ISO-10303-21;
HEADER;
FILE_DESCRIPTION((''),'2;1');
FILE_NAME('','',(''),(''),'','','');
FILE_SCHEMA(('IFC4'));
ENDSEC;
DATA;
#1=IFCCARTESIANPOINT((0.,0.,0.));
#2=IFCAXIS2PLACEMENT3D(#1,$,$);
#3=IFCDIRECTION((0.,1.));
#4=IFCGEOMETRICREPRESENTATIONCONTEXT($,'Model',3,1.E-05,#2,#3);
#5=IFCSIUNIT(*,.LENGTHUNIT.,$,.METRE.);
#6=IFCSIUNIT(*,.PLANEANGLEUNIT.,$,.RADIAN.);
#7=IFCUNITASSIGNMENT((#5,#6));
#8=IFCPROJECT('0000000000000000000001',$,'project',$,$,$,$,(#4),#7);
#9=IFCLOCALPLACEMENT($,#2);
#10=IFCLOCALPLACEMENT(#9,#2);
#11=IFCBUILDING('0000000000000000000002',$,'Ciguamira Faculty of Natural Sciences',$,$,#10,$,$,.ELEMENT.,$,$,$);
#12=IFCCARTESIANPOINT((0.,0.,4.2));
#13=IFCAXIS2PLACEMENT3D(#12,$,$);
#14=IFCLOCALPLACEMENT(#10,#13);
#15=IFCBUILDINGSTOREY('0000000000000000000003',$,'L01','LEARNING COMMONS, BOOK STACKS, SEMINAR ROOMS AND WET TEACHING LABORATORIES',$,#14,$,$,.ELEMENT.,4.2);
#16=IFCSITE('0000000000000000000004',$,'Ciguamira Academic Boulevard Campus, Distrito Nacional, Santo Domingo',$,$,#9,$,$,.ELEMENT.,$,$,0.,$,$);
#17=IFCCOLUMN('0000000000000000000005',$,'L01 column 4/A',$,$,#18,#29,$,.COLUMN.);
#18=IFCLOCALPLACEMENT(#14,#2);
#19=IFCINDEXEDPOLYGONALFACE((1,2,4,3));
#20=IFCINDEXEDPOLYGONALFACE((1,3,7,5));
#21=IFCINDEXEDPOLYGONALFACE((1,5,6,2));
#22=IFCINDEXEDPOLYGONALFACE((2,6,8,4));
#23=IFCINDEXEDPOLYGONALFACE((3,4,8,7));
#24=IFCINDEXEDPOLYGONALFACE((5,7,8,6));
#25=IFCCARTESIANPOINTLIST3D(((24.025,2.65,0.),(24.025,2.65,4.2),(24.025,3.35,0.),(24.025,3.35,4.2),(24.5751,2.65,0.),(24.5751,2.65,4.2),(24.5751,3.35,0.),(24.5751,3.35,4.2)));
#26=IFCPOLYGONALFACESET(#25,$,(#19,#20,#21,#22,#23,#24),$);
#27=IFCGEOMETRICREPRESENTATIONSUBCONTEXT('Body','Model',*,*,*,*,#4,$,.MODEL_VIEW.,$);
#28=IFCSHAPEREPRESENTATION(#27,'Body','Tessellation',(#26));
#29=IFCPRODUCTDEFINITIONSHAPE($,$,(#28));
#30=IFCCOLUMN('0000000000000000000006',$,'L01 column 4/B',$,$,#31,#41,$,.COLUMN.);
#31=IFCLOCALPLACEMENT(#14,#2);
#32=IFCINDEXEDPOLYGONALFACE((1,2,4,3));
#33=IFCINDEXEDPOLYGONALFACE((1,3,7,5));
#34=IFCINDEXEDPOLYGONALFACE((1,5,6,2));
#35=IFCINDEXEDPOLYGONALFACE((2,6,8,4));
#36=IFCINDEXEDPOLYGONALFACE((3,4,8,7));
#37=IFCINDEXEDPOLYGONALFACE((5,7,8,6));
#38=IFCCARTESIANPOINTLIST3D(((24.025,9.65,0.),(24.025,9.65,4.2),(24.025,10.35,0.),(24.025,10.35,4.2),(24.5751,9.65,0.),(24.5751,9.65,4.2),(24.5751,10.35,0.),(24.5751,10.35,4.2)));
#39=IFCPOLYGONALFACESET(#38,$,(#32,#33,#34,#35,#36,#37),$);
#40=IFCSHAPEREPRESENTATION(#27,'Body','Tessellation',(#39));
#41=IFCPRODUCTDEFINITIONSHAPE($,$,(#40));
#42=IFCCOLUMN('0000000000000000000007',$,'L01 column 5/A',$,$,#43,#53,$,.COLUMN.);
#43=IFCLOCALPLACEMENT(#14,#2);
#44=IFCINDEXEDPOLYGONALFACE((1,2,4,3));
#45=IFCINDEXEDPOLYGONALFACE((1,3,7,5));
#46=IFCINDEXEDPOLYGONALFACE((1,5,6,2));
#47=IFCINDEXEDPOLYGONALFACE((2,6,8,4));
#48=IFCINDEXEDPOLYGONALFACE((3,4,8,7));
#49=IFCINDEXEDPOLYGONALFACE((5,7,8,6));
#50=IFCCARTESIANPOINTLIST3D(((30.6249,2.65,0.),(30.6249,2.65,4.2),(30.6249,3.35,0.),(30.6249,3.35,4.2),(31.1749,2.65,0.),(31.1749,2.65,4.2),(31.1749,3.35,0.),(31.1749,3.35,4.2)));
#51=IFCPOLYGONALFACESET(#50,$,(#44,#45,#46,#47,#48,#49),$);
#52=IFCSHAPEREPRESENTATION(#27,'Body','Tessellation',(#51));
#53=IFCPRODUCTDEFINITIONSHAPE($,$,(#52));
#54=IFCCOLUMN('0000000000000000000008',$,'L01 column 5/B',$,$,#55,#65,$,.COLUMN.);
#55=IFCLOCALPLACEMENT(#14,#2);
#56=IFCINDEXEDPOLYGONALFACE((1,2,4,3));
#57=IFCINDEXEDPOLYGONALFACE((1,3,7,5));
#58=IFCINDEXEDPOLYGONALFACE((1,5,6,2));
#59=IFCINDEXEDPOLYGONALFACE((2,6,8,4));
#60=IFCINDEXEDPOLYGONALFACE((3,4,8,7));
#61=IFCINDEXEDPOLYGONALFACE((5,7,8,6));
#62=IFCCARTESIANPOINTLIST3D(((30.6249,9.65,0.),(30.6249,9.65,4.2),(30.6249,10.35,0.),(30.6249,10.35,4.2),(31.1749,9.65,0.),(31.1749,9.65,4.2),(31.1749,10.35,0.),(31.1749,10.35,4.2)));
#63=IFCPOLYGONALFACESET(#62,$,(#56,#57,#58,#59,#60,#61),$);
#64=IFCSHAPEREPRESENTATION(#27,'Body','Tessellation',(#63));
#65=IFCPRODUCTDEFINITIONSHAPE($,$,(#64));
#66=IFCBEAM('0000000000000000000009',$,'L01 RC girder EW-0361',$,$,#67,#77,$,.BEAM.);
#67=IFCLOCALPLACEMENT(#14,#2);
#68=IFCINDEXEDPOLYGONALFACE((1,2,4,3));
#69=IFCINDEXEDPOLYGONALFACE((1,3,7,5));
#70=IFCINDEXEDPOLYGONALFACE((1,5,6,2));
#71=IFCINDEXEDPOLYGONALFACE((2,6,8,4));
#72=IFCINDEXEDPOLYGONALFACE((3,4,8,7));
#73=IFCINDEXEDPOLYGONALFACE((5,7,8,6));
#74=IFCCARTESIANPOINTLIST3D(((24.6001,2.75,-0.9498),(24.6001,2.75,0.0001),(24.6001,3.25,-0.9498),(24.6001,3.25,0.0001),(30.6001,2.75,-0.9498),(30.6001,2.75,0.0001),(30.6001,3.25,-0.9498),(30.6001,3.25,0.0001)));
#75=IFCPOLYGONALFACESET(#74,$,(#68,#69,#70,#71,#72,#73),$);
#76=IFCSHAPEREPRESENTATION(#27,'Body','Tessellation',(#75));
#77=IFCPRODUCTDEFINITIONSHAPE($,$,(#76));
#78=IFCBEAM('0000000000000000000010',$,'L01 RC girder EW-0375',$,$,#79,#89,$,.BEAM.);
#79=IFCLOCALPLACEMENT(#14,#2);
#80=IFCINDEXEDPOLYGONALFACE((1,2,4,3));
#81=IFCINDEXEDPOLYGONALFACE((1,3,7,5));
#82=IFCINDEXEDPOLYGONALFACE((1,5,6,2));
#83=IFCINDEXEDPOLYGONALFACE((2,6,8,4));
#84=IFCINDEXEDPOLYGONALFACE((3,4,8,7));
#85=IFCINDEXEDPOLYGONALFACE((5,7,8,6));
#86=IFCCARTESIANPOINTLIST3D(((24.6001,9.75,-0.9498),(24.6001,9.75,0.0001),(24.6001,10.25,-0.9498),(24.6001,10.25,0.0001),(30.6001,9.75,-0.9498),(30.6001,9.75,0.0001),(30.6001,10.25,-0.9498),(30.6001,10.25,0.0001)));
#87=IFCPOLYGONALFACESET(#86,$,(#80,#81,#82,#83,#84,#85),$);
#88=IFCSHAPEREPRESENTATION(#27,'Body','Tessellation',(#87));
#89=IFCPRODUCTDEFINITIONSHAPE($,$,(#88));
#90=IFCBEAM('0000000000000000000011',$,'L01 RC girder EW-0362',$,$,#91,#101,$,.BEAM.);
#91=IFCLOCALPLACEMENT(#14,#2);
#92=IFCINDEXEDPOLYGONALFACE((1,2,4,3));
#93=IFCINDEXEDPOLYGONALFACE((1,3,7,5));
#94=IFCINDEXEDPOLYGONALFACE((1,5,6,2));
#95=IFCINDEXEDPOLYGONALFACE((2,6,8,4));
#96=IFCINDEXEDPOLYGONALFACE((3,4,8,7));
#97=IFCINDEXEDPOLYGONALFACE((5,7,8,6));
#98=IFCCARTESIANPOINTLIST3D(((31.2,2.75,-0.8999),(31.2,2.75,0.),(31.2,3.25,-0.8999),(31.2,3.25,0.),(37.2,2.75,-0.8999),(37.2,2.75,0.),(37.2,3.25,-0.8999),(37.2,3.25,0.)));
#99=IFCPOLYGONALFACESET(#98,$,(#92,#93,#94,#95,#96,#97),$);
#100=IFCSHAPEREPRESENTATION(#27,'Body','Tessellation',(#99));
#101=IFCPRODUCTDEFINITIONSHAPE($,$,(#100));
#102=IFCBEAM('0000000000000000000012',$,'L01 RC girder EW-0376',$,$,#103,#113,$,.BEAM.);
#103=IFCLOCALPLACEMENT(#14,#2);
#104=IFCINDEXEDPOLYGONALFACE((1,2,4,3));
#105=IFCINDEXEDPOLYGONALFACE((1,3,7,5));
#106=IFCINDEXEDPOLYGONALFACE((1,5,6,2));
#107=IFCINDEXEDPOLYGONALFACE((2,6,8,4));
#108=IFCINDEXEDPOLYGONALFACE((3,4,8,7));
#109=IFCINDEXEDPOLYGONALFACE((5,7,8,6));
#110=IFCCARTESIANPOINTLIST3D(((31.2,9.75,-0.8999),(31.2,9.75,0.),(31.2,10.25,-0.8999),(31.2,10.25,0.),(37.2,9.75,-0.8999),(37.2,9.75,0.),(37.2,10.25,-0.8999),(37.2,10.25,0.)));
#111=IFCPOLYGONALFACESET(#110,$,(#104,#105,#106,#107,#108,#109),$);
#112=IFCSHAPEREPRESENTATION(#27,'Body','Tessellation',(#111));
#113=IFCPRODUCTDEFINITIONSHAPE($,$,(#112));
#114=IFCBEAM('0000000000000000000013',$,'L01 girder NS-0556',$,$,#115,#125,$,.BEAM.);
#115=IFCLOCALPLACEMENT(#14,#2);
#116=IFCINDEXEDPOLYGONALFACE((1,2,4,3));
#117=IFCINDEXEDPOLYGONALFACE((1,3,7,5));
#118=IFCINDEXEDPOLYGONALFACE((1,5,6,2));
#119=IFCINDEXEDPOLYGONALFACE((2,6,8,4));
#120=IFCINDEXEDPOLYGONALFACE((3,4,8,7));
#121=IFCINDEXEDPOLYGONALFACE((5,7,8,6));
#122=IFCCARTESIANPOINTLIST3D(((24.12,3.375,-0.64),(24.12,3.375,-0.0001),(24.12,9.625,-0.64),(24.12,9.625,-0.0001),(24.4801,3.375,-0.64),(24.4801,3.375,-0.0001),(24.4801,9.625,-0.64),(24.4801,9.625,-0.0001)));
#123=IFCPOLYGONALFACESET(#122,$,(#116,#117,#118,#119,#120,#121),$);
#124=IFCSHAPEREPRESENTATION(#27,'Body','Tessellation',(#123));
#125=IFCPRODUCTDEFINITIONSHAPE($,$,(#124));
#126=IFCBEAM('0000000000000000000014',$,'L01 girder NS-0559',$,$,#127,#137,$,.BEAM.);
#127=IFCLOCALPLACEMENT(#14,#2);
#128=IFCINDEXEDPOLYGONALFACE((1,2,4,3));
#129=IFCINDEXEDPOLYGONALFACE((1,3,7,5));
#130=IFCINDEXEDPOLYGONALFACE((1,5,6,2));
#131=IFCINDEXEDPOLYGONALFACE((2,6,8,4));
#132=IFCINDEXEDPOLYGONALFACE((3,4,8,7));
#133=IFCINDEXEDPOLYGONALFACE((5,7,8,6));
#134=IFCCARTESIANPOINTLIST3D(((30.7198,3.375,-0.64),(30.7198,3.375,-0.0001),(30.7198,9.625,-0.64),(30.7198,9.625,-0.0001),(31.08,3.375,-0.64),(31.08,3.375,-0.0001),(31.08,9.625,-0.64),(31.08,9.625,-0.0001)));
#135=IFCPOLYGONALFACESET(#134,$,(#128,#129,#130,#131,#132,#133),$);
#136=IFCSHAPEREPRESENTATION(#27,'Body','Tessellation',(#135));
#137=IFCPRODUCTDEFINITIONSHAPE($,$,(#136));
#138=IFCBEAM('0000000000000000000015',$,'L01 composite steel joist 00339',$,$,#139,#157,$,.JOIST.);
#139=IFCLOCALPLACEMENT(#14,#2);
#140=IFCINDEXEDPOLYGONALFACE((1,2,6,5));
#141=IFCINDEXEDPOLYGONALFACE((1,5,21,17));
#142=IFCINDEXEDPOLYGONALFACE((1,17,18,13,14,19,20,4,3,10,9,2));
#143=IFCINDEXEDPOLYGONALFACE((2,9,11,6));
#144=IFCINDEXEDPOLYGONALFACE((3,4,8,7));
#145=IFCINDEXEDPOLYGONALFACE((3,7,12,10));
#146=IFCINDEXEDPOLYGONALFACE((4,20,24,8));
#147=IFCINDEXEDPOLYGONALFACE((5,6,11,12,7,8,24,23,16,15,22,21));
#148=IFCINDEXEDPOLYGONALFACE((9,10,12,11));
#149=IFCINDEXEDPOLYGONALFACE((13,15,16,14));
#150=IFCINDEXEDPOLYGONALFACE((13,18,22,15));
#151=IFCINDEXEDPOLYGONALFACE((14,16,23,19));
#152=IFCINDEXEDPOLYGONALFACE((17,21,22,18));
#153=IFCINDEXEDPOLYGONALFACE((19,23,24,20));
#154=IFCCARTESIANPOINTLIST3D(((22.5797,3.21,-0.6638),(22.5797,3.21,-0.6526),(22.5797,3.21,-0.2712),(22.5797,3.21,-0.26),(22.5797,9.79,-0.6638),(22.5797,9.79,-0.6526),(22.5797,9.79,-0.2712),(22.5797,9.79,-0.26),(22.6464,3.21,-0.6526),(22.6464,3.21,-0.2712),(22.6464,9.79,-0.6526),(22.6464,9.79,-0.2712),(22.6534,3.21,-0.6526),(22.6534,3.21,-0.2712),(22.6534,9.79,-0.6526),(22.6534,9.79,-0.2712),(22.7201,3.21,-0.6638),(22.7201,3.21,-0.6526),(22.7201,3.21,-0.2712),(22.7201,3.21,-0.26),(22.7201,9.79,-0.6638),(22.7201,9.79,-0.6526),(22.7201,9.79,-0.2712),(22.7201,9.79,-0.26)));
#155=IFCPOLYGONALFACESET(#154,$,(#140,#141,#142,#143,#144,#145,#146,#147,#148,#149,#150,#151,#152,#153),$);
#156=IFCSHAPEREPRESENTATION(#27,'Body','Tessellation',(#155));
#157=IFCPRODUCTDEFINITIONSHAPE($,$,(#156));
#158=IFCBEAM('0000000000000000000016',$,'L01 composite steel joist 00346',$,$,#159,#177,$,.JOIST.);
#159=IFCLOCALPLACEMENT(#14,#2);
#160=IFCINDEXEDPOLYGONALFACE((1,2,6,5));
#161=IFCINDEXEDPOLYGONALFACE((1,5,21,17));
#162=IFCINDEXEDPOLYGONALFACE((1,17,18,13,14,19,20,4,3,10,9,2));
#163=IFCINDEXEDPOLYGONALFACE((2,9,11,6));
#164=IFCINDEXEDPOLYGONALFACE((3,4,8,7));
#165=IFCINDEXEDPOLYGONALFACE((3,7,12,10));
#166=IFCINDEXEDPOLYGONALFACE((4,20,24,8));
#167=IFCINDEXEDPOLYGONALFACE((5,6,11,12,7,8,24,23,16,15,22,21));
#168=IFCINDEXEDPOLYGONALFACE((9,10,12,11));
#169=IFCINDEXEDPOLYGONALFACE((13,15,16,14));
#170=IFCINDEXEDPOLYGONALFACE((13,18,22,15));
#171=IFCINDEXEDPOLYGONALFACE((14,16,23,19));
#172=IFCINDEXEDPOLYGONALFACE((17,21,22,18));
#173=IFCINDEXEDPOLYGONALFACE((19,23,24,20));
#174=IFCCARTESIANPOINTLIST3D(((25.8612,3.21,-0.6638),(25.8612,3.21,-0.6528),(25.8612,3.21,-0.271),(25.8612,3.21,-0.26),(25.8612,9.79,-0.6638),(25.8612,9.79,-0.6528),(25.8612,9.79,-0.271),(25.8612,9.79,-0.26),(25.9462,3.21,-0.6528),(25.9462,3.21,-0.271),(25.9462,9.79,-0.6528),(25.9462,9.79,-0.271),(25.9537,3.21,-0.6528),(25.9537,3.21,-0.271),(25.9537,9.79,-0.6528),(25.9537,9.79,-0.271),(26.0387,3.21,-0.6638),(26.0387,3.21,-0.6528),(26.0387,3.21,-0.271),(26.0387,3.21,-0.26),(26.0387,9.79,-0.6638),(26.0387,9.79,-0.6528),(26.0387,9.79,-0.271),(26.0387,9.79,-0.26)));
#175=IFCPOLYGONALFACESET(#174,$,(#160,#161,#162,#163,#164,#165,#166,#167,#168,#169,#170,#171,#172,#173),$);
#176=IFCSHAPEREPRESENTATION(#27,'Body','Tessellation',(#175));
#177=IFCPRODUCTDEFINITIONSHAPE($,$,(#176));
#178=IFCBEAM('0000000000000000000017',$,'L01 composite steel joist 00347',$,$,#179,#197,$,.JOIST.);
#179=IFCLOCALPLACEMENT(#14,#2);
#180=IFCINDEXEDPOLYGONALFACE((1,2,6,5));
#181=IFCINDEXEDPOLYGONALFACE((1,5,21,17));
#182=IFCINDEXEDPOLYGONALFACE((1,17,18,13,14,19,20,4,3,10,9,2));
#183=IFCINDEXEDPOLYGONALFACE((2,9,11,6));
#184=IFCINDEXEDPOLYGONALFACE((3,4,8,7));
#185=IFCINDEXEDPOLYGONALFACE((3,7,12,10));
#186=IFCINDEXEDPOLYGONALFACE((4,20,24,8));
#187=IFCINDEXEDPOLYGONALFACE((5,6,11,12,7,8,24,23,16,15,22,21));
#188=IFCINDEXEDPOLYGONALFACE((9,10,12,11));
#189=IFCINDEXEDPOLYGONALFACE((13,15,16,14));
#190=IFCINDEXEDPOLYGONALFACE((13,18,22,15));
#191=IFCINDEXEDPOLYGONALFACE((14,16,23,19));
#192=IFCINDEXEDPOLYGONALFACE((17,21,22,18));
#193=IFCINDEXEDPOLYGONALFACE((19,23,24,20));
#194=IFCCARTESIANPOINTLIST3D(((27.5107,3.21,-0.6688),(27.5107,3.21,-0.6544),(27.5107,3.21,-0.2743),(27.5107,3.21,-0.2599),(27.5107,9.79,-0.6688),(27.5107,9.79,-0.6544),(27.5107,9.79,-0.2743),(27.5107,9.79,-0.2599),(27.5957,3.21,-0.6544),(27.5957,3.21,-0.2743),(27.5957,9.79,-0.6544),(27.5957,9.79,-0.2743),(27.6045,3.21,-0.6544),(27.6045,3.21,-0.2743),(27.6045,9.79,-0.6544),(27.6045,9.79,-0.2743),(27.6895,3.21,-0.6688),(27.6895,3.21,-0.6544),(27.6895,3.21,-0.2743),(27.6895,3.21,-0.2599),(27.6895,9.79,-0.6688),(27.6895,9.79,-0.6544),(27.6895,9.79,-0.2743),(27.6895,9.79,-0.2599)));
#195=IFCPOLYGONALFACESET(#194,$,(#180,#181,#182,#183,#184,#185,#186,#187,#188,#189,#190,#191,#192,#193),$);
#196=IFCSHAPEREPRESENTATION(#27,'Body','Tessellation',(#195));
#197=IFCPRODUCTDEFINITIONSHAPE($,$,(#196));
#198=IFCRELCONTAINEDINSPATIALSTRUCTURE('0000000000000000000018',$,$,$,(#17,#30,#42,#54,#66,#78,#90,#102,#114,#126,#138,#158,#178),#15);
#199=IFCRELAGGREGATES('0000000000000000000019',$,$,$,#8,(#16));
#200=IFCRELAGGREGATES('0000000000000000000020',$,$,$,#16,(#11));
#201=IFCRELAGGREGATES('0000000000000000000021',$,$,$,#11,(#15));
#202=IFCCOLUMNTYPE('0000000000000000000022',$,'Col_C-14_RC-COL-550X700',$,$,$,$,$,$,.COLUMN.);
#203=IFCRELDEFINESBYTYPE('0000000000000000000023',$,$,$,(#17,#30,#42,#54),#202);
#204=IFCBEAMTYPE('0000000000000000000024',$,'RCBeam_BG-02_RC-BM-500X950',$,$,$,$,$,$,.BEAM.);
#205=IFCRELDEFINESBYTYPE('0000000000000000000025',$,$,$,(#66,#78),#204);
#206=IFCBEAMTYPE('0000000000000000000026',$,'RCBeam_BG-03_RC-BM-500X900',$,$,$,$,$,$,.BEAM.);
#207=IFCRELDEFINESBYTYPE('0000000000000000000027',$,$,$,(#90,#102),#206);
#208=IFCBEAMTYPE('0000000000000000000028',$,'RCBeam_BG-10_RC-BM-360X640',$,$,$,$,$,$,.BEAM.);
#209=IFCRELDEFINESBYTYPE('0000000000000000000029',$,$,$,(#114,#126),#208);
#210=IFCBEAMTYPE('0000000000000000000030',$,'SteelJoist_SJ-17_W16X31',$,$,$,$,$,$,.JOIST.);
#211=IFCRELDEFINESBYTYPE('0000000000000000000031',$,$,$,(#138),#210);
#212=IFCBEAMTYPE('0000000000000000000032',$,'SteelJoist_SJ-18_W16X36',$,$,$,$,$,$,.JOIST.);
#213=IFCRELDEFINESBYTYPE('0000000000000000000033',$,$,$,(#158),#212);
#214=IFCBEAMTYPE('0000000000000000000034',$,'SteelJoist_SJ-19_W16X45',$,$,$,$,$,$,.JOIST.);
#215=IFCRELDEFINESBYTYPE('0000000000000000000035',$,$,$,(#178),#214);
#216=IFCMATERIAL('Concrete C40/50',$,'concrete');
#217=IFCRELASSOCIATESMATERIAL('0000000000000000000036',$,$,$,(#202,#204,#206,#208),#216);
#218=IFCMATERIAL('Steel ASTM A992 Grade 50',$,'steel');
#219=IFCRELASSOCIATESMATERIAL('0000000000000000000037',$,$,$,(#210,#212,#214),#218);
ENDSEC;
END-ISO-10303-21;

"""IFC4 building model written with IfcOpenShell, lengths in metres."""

from ifc_helpers import new_model, si_unit, direction, frame, origin, origin_2d, place, context, subcontext, project, spatial, rectangle, i_section, extrude, material, material_profile, profile_set, type_object, element, save


model = new_model("IFC4")

# Units and contexts
model_context = context("Model", 3, precision=1e-05, world=origin(), true_north=direction((0.0, 1.0)))
body_context = subcontext(model_context, "Body", "Model", "MODEL_VIEW")
ifc_project = project(units=[si_unit("LENGTHUNIT", "METRE"), si_unit("PLANEANGLEUNIT", "RADIAN")], contexts=[model_context])

# Site, building, storey
site_placement = place(None, origin())
site = spatial("IfcSite", under=ifc_project, at=site_placement, Name="Ciguamira Academic Boulevard Campus, Distrito Nacional, Santo Domingo", CompositionType="ELEMENT", RefElevation=0.0)
building_placement = place(site_placement, origin())
building = spatial("IfcBuilding", under=site, at=building_placement, Name="Ciguamira Faculty of Natural Sciences", CompositionType="ELEMENT")
storey_placement = place(building_placement, frame((0.0, 0.0, 4.2)))
storey = spatial("IfcBuildingStorey", under=building, at=storey_placement, Name="L01", Description="LEARNING COMMONS, BOOK STACKS, SEMINAR ROOMS AND WET TEACHING LABORATORIES", CompositionType="ELEMENT", Elevation=4.2)

# Columns
ifc_material_1 = material(Name="Concrete C40/50", Category="concrete")
ifc_material_profile_1 = material_profile(ifc_material_1, rectangle(XDim=0.55, YDim=0.7, at=origin_2d()), Name="RC-COL-550X700")
ifc_profile_set_1 = profile_set([ifc_material_profile_1], Name="Concrete C40/50")
column_type = type_object("IfcColumnType", Name="Col_C-14_RC-COL-550X700", PredefinedType="COLUMN", material=ifc_profile_set_1)
for number, where, z_axis, x_axis, name in (
    (1, (24.3, 3.0, 0.0), (0.0, 0.0, 1.0), (1.0, 0.0, 0.0), "L01 column 4/A"),
    (2, (24.3, 10.0, 0.0), (0.0, 0.0, 1.0), (1.0, 0.0, 0.0), "L01 column 4/B"),
    (3, (30.8999, 3.0, 0.0), (0.0, 0.0, 1.0), (1.0, 0.0, 0.0), "L01 column 5/A"),
    (4, (30.8999, 10.0, 0.0), (0.0, 0.0, 1.0), (1.0, 0.0, 0.0), "L01 column 5/B"),
):
    element("IfcColumn", number, at=place(storey_placement, frame(where, z_axis=z_axis, x_axis=x_axis)), inside=storey, type_object=column_type, Name=name, PredefinedType="COLUMN", context=body_context, shape_type="SweptSolid", body=[
        extrude(rectangle(XDim=0.55, YDim=0.7, at=origin_2d()), origin(), (0.0, 0.0, 1.0), 4.2),
    ])

# Beams
ifc_material_profile_2 = material_profile(ifc_material_1, rectangle(XDim=0.5, YDim=0.95, at=origin_2d()), Name="RC-BM-500X950")
ifc_profile_set_2 = profile_set([ifc_material_profile_2], Name="Concrete C40/50")
beam_type_1 = type_object("IfcBeamType", Name="RCBeam_BG-02_RC-BM-500X950", PredefinedType="BEAM", material=ifc_profile_set_2)
for number, where, z_axis, x_axis, name in (
    (5, (24.6001, 3.0, -0.4749), (1.0, 0.0, 0.0), (0.0, 1.0, 0.0), "L01 RC girder EW-0361"),
    (6, (24.6001, 10.0, -0.4749), (1.0, 0.0, 0.0), (0.0, 1.0, 0.0), "L01 RC girder EW-0375"),
):
    element("IfcBeam", number, at=place(storey_placement, frame(where, z_axis=z_axis, x_axis=x_axis)), inside=storey, type_object=beam_type_1, Name=name, PredefinedType="BEAM", context=body_context, shape_type="SweptSolid", body=[
        extrude(rectangle(XDim=0.5, YDim=0.95, at=origin_2d()), origin(), (0.0, 0.0, 1.0), 6.0),
    ])
ifc_material_profile_3 = material_profile(ifc_material_1, rectangle(XDim=0.5, YDim=0.8999, at=origin_2d()), Name="RC-BM-500X900")
ifc_profile_set_3 = profile_set([ifc_material_profile_3], Name="Concrete C40/50")
beam_type_2 = type_object("IfcBeamType", Name="RCBeam_BG-03_RC-BM-500X900", PredefinedType="BEAM", material=ifc_profile_set_3)
for number, where, z_axis, x_axis, name in (
    (7, (31.2, 3.0, -0.45), (1.0, 0.0, 0.0), (0.0, 1.0, 0.0), "L01 RC girder EW-0362"),
    (8, (31.2, 10.0, -0.45), (1.0, 0.0, 0.0), (0.0, 1.0, 0.0), "L01 RC girder EW-0376"),
):
    element("IfcBeam", number, at=place(storey_placement, frame(where, z_axis=z_axis, x_axis=x_axis)), inside=storey, type_object=beam_type_2, Name=name, PredefinedType="BEAM", context=body_context, shape_type="SweptSolid", body=[
        extrude(rectangle(XDim=0.5, YDim=0.8999, at=origin_2d()), origin(), (0.0, 0.0, 1.0), 6.0),
    ])
ifc_material_profile_4 = material_profile(ifc_material_1, rectangle(XDim=0.3601, YDim=0.6399, at=origin_2d()), Name="RC-BM-360X640")
ifc_profile_set_4 = profile_set([ifc_material_profile_4], Name="Concrete C40/50")
beam_type_3 = type_object("IfcBeamType", Name="RCBeam_BG-10_RC-BM-360X640", PredefinedType="BEAM", material=ifc_profile_set_4)
for number, where, z_axis, x_axis, name in (
    (9, (24.3, 3.375, -0.3201), (0.0, 1.0, 0.0), (-1.0, 0.0, 0.0), "L01 girder NS-0556"),
    (10, (30.8999, 3.375, -0.3201), (0.0, 1.0, 0.0), (-1.0, 0.0, 0.0), "L01 girder NS-0559"),
):
    element("IfcBeam", number, at=place(storey_placement, frame(where, z_axis=z_axis, x_axis=x_axis)), inside=storey, type_object=beam_type_3, Name=name, PredefinedType="BEAM", context=body_context, shape_type="SweptSolid", body=[
        extrude(rectangle(XDim=0.3601, YDim=0.6399, at=origin_2d()), origin(), (0.0, 0.0, 1.0), 6.25),
    ])
ifc_material_2 = material(Name="Steel ASTM A992 Grade 50", Category="steel")
ifc_material_profile_5 = material_profile(ifc_material_2, i_section(OverallWidth=0.1404, OverallDepth=0.4038, WebThickness=0.0071, FlangeThickness=0.0112, at=origin_2d()), Name="W16X31")
ifc_profile_set_5 = profile_set([ifc_material_profile_5], Name="Steel ASTM A992 Grade 50")
beam_type_4 = type_object("IfcBeamType", Name="SteelJoist_SJ-17_W16X31", PredefinedType="JOIST", material=ifc_profile_set_5)
beam_1_placement = place(storey_placement, frame((22.6499, 3.21, -0.4619), z_axis=(0.0, 1.0, 0.0), x_axis=(-1.0, 0.0, 0.0)))
element("IfcBeam", 11, at=beam_1_placement, inside=storey, type_object=beam_type_4, Name="L01 composite steel joist 00339", PredefinedType="JOIST", context=body_context, shape_type="SweptSolid", body=[
    extrude(i_section(OverallWidth=0.1404, OverallDepth=0.4038, WebThickness=0.0071, FlangeThickness=0.0112, at=origin_2d()), origin(), (0.0, 0.0, 1.0), 6.5801),
])
ifc_material_profile_6 = material_profile(ifc_material_2, i_section(OverallWidth=0.1775, OverallDepth=0.4038, WebThickness=0.0076, FlangeThickness=0.011, at=origin_2d()), Name="W16X36")
ifc_profile_set_6 = profile_set([ifc_material_profile_6], Name="Steel ASTM A992 Grade 50")
beam_type_5 = type_object("IfcBeamType", Name="SteelJoist_SJ-18_W16X36", PredefinedType="JOIST", material=ifc_profile_set_6)
beam_2_placement = place(storey_placement, frame((25.95, 3.21, -0.4619), z_axis=(0.0, 1.0, 0.0), x_axis=(-1.0, 0.0, 0.0)))
element("IfcBeam", 12, at=beam_2_placement, inside=storey, type_object=beam_type_5, Name="L01 composite steel joist 00346", PredefinedType="JOIST", context=body_context, shape_type="SweptSolid", body=[
    extrude(i_section(OverallWidth=0.1775, OverallDepth=0.4038, WebThickness=0.0076, FlangeThickness=0.011, at=origin_2d()), origin(), (0.0, 0.0, 1.0), 6.5801),
])
ifc_material_profile_7 = material_profile(ifc_material_2, i_section(OverallWidth=0.1787, OverallDepth=0.4089, WebThickness=0.0088, FlangeThickness=0.0144, at=origin_2d()), Name="W16X45")
ifc_profile_set_7 = profile_set([ifc_material_profile_7], Name="Steel ASTM A992 Grade 50")
beam_type_6 = type_object("IfcBeamType", Name="SteelJoist_SJ-19_W16X45", PredefinedType="JOIST", material=ifc_profile_set_7)
beam_3_placement = place(storey_placement, frame((27.6001, 3.21, -0.4644), z_axis=(0.0, 1.0, 0.0), x_axis=(-1.0, 0.0, 0.0)))
element("IfcBeam", 13, at=beam_3_placement, inside=storey, type_object=beam_type_6, Name="L01 composite steel joist 00347", PredefinedType="JOIST", context=body_context, shape_type="SweptSolid", body=[
    extrude(i_section(OverallWidth=0.1787, OverallDepth=0.4089, WebThickness=0.0088, FlangeThickness=0.0144, at=origin_2d()), origin(), (0.0, 0.0, 1.0), 6.5801),
])

save(model, "model.ifc")
